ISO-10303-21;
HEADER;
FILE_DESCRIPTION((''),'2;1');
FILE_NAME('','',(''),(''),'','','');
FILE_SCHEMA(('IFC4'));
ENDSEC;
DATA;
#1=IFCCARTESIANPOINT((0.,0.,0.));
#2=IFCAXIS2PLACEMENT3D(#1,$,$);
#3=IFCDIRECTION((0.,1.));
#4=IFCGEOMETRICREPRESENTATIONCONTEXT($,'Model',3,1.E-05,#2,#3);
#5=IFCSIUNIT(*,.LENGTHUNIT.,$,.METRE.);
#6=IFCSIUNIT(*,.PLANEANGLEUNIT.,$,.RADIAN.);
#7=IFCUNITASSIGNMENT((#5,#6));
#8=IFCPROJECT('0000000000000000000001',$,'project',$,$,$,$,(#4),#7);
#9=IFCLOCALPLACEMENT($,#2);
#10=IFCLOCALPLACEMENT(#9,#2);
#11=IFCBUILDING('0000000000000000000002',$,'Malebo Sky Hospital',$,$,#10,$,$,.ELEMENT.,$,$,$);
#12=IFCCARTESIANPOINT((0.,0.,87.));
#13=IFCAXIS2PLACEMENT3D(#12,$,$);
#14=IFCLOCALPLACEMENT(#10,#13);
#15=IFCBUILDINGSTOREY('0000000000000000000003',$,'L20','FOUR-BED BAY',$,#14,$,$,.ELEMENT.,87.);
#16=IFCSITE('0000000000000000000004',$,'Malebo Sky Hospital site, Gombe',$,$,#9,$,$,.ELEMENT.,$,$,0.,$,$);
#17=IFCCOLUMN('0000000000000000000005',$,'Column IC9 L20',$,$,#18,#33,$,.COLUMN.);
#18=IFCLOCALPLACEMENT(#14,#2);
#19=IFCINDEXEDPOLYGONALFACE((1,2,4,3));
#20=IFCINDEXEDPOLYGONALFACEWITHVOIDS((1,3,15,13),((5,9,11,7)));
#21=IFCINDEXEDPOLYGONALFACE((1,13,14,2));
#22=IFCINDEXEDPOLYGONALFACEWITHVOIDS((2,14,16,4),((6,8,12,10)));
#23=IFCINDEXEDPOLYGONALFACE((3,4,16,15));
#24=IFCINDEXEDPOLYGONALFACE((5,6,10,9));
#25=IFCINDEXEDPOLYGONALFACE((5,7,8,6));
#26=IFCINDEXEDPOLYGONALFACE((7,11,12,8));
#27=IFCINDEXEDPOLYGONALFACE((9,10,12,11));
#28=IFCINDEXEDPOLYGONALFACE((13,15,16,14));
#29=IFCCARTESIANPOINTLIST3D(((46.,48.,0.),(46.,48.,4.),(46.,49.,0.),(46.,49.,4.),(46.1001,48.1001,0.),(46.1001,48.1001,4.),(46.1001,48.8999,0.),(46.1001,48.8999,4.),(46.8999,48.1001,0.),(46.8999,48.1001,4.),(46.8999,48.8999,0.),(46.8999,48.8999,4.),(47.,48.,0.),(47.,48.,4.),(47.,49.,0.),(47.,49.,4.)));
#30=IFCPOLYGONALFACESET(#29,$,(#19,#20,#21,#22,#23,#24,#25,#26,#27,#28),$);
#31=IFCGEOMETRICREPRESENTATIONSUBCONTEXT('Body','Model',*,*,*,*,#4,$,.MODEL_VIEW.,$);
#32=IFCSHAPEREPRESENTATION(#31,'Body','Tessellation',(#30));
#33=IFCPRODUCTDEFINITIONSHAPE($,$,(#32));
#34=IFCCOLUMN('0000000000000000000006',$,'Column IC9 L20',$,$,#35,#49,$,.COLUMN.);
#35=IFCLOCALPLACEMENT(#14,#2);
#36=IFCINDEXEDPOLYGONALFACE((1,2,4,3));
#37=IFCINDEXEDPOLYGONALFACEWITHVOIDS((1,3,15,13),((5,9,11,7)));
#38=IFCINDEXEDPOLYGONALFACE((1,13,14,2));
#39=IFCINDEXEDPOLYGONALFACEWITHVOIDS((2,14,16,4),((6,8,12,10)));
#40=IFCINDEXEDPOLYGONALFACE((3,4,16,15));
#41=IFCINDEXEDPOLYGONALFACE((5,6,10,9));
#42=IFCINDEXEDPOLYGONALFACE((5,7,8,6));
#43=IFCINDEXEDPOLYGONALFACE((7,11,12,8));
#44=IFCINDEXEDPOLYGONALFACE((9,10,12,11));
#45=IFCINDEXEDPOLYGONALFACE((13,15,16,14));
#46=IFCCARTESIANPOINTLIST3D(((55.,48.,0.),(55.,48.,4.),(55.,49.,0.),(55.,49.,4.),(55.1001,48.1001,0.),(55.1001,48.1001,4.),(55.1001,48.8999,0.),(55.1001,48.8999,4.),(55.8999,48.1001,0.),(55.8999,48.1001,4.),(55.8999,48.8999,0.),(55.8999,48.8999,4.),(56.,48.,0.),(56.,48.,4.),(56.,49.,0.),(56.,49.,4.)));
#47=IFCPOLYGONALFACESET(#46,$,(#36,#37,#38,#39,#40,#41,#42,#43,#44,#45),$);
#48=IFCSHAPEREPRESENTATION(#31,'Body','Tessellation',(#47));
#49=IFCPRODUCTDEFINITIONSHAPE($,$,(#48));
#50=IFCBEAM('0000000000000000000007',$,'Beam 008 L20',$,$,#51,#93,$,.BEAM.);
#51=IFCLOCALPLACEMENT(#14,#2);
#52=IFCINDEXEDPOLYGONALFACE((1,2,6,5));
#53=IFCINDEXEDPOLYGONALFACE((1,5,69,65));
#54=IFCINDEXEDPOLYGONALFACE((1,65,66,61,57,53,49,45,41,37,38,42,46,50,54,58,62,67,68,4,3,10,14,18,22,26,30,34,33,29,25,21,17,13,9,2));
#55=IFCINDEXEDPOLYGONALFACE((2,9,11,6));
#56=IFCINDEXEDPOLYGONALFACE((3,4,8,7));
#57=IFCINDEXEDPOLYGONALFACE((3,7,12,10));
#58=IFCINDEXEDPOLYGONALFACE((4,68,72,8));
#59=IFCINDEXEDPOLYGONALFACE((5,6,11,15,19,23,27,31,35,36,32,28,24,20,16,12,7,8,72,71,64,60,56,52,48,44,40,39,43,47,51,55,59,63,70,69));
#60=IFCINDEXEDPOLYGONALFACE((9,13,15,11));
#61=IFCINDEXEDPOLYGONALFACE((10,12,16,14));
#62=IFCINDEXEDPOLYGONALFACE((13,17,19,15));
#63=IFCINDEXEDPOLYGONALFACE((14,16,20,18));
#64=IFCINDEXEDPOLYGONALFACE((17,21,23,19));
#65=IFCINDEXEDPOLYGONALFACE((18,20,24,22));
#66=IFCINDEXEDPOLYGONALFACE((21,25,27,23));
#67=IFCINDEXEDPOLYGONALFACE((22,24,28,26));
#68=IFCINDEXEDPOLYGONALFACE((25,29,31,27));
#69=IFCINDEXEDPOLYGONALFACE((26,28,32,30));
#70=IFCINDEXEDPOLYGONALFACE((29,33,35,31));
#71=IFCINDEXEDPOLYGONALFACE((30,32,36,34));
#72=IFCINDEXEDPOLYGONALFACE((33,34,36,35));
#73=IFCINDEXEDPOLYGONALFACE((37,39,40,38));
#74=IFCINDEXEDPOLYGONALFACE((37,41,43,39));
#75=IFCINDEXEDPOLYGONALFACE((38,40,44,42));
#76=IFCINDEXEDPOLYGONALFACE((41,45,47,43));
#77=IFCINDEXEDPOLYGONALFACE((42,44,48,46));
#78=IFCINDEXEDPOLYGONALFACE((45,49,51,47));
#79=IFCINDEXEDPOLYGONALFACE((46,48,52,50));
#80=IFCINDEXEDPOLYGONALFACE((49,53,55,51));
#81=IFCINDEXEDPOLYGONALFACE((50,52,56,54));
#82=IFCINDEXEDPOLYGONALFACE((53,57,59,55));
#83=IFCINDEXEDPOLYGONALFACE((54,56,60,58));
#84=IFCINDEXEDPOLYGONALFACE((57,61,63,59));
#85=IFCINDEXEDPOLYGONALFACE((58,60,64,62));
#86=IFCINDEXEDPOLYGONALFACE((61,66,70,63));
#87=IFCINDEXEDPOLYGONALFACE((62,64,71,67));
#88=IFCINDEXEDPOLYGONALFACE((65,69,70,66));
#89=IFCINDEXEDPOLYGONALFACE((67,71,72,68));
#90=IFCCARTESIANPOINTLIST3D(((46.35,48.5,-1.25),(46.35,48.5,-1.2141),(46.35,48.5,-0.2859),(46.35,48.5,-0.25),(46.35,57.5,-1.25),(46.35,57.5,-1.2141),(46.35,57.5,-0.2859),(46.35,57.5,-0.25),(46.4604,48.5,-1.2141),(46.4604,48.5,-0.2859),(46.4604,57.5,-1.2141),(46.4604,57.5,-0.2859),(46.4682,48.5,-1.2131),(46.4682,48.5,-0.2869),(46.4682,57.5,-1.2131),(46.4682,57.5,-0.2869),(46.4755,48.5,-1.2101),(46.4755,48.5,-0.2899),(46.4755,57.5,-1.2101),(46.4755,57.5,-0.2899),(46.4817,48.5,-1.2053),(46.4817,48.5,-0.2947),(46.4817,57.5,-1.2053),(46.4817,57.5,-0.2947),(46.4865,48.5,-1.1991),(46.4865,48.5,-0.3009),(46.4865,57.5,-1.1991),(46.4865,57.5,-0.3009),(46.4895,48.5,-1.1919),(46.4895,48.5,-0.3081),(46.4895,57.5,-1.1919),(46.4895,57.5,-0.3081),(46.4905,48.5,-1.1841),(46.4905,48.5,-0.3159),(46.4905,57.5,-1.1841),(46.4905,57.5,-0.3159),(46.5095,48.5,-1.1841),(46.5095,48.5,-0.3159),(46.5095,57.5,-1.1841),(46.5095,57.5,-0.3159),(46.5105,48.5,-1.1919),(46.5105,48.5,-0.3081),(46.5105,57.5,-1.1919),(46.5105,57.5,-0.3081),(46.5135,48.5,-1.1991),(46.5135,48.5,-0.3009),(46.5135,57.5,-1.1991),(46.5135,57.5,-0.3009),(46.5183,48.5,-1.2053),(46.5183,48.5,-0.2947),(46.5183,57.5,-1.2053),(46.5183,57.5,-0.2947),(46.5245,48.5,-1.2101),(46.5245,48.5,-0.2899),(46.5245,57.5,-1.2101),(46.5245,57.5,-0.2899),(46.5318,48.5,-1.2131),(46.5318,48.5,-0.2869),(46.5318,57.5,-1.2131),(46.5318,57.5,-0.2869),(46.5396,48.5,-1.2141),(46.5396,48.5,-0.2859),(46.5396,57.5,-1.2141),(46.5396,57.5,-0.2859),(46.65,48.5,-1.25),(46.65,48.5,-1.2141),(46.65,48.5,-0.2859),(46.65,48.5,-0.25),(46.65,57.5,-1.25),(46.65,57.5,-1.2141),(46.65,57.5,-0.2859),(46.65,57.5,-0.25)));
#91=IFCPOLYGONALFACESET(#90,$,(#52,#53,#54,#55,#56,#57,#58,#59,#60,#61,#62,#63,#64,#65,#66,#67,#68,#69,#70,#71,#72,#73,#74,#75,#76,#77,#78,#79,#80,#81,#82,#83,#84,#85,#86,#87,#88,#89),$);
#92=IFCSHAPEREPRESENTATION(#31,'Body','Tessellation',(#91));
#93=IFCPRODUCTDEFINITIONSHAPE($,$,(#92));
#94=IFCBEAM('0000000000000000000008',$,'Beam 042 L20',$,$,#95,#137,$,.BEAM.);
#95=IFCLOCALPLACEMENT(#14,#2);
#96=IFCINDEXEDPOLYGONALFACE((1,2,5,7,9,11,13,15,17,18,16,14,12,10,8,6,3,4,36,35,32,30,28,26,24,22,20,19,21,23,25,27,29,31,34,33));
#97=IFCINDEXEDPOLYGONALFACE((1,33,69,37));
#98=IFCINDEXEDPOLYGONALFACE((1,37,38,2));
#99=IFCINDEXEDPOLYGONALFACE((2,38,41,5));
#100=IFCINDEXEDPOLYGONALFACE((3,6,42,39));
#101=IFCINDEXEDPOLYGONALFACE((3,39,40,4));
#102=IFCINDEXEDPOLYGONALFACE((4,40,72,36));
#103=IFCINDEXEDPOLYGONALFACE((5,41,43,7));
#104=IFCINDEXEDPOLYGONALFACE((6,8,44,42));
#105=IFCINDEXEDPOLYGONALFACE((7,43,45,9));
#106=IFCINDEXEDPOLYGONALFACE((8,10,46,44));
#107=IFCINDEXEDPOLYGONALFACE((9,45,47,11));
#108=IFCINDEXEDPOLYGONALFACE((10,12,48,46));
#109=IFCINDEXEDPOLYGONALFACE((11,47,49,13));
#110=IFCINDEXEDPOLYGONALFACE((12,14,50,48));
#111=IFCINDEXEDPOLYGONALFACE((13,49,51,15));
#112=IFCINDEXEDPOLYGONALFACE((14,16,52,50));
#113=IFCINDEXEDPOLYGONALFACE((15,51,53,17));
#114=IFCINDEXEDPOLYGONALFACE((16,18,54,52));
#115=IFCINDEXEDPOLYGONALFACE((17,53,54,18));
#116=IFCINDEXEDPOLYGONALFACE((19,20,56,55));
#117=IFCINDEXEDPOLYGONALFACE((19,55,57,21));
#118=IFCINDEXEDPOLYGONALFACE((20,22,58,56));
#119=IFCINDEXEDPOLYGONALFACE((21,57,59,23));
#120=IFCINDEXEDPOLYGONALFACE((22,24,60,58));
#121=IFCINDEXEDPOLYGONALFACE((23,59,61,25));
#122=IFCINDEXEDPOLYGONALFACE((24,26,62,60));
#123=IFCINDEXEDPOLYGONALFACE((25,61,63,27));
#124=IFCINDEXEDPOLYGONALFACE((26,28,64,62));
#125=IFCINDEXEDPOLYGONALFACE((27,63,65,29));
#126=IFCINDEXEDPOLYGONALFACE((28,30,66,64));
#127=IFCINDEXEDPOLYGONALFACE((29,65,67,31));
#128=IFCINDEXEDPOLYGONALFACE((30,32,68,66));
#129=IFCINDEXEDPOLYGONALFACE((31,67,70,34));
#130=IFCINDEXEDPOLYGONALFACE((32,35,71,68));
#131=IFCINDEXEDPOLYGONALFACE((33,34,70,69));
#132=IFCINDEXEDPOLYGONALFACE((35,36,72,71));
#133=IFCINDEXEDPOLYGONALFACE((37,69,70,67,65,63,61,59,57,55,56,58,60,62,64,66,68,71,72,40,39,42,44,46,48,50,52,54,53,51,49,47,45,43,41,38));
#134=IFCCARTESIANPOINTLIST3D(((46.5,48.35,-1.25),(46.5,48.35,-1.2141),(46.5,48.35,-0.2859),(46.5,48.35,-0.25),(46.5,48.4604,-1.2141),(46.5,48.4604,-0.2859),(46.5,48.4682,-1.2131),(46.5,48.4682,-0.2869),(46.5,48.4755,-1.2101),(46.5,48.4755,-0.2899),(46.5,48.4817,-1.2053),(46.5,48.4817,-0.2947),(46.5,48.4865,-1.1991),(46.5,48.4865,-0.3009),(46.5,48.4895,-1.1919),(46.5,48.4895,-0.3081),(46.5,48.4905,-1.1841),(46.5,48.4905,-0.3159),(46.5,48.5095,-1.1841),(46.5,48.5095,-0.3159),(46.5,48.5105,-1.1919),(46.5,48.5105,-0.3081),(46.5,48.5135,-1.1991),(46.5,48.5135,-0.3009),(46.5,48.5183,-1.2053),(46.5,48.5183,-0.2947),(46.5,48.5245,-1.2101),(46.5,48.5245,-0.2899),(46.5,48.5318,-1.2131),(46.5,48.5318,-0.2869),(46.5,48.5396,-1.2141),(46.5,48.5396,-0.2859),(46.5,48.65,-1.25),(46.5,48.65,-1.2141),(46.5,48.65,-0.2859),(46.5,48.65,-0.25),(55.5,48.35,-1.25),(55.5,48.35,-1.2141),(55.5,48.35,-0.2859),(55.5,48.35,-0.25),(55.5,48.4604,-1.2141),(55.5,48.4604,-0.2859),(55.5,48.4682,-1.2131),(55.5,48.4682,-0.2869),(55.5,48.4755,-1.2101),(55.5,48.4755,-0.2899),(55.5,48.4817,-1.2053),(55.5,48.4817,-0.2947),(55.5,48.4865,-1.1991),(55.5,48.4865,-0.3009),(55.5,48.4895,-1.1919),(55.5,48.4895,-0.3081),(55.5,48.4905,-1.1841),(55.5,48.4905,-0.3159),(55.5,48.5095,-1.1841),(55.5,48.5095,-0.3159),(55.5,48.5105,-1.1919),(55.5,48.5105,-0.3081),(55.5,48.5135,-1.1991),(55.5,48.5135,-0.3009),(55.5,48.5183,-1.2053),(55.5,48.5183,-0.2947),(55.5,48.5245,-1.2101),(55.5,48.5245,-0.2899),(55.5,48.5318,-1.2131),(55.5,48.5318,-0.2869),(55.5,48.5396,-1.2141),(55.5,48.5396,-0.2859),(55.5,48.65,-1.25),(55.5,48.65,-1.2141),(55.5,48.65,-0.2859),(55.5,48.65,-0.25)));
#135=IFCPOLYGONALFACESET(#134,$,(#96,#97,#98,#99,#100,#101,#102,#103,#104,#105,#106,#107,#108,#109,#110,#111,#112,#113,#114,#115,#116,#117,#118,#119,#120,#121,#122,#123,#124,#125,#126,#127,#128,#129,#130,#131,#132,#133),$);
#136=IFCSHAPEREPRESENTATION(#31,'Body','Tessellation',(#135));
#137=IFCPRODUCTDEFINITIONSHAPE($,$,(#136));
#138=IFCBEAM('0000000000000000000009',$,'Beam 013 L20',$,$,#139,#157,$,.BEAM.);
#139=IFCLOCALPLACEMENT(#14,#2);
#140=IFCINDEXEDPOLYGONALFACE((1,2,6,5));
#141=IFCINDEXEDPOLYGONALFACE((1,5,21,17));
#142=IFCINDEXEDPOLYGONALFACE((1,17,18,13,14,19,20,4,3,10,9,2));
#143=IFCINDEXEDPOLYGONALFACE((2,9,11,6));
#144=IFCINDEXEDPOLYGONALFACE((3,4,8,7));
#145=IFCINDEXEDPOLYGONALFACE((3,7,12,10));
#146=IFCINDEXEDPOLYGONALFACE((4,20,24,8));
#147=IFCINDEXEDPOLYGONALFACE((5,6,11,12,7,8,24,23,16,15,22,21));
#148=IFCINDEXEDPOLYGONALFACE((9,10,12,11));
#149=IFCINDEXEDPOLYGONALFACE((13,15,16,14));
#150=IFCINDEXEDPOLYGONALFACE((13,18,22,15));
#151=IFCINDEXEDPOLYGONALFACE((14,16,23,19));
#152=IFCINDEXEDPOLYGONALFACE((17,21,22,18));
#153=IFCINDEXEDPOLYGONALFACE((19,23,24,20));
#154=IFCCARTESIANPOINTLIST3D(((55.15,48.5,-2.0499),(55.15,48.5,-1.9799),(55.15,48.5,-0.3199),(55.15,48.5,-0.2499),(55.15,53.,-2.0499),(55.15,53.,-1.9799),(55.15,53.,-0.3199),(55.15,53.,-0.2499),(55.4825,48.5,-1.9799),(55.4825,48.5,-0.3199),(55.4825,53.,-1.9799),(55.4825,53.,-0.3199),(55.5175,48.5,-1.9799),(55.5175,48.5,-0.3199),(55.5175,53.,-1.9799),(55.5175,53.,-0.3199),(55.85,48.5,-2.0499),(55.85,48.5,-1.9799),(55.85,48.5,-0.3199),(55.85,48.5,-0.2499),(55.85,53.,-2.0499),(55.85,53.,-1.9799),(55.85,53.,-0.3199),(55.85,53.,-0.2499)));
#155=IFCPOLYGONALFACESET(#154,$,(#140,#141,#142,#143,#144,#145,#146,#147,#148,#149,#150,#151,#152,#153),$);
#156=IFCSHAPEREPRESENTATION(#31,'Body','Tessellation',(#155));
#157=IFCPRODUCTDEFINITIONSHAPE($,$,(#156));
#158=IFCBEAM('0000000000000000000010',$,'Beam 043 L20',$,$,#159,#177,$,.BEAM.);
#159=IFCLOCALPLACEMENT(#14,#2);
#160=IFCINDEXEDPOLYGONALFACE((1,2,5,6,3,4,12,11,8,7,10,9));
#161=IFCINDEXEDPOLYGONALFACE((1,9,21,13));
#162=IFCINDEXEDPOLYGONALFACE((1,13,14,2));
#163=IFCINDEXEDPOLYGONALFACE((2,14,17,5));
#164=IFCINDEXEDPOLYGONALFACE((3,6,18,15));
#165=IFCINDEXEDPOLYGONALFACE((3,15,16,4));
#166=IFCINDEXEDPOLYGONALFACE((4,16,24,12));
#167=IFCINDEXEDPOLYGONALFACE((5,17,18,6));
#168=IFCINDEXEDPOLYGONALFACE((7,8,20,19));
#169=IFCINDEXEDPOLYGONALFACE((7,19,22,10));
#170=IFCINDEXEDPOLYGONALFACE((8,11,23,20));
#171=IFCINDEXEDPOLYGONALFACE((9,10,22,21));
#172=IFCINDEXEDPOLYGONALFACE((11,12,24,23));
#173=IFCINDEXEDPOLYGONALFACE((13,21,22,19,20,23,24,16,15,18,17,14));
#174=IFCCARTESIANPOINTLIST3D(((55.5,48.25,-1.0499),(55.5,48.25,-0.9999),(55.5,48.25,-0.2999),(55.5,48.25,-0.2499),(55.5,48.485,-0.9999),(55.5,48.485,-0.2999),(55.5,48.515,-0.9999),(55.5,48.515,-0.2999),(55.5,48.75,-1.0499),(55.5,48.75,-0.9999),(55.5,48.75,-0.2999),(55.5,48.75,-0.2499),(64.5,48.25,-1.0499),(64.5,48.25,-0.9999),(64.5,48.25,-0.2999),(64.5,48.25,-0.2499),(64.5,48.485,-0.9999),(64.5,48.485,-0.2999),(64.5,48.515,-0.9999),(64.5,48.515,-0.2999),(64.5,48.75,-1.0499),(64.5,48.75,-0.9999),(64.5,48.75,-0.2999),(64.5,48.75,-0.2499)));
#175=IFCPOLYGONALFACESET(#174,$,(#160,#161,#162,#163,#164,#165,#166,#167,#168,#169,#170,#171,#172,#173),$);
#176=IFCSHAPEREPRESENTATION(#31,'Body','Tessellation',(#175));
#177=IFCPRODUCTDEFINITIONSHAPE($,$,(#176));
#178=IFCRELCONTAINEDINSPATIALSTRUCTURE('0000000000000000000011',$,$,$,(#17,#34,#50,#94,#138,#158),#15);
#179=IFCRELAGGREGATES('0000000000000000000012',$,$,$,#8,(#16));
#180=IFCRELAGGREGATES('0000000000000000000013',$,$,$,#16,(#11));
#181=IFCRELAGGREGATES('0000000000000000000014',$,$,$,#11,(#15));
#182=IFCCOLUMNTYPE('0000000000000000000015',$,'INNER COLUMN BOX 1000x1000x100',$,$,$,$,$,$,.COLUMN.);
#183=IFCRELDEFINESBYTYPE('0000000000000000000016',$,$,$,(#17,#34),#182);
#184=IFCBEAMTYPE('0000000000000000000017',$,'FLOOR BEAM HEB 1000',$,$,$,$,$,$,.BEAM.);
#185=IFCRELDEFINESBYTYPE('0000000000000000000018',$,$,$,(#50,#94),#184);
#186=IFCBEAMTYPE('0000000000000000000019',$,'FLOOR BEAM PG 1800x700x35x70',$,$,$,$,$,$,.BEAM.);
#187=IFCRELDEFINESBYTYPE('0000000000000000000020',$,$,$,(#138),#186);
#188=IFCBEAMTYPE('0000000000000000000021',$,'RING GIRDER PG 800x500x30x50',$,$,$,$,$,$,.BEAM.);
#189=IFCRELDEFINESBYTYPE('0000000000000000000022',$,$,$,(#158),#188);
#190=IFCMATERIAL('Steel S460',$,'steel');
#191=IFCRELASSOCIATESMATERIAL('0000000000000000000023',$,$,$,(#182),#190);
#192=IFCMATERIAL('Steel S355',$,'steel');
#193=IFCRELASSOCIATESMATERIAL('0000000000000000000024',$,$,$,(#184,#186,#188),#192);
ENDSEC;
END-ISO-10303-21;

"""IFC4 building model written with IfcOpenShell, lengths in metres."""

from ifc_helpers import new_model, si_unit, direction, frame, origin, origin_2d, place, context, subcontext, project, spatial, hollow_rectangle, i_section, extrude, material, material_profile, profile_set, type_object, element, save


model = new_model("IFC4")

# Units and contexts
model_context = context("Model", 3, precision=1e-05, world=origin(), true_north=direction((0.0, 1.0)))
body_context = subcontext(model_context, "Body", "Model", "MODEL_VIEW")
ifc_project = project(units=[si_unit("LENGTHUNIT", "METRE"), si_unit("PLANEANGLEUNIT", "RADIAN")], contexts=[model_context])

# Site, building, storey
site_placement = place(None, origin())
site = spatial("IfcSite", under=ifc_project, at=site_placement, Name="Malebo Sky Hospital site, Gombe", CompositionType="ELEMENT", RefElevation=0.0)
building_placement = place(site_placement, origin())
building = spatial("IfcBuilding", under=site, at=building_placement, Name="Malebo Sky Hospital", CompositionType="ELEMENT")
storey_placement = place(building_placement, frame((0.0, 0.0, 87.0)))
storey = spatial("IfcBuildingStorey", under=building, at=storey_placement, Name="L20", Description="FOUR-BED BAY", CompositionType="ELEMENT", Elevation=87.0)

# Columns
ifc_material_1 = material(Name="Steel S460", Category="steel")
ifc_material_profile_1 = material_profile(ifc_material_1, hollow_rectangle(XDim=1.0, YDim=1.0, WallThickness=0.1001, at=origin_2d()), Name="BOX 1000x1000x100")
ifc_profile_set_1 = profile_set([ifc_material_profile_1], Name="Steel S460")
column_type = type_object("IfcColumnType", Name="INNER COLUMN BOX 1000x1000x100", PredefinedType="COLUMN", material=ifc_profile_set_1)
for number, where, z_axis, x_axis, name in (
    (1, (46.5, 48.5, 0.0), (0.0, 0.0, 1.0), (1.0, 0.0, 0.0), "Column IC9 L20"),
    (2, (55.5, 48.5, 0.0), (0.0, 0.0, 1.0), (1.0, 0.0, 0.0), "Column IC9 L20"),
):
    element("IfcColumn", number, at=place(storey_placement, frame(where, z_axis=z_axis, x_axis=x_axis)), inside=storey, type_object=column_type, Name=name, PredefinedType="COLUMN", context=body_context, shape_type="SweptSolid", body=[
        extrude(hollow_rectangle(XDim=1.0, YDim=1.0, WallThickness=0.1001, at=origin_2d()), origin(), (0.0, 0.0, 1.0), 4.0),
    ])

# Beams
ifc_material_2 = material(Name="Steel S355", Category="steel")
ifc_material_profile_2 = material_profile(ifc_material_2, i_section(OverallWidth=0.3, OverallDepth=1.0, WebThickness=0.019, FlangeThickness=0.0359, FilletRadius=0.03, at=origin_2d()), Name="HEB 1000")
ifc_profile_set_2 = profile_set([ifc_material_profile_2], Name="Steel S355")
beam_type_1 = type_object("IfcBeamType", Name="FLOOR BEAM HEB 1000", PredefinedType="BEAM", material=ifc_profile_set_2)
for number, where, z_axis, x_axis, name in (
    (3, (46.5, 48.5, -0.75), (0.0, 1.0, 0.0), (-1.0, 0.0, 0.0), "Beam 008 L20"),
    (4, (46.5, 48.5, -0.75), (1.0, 0.0, 0.0), (0.0, 1.0, 0.0), "Beam 042 L20"),
):
    element("IfcBeam", number, at=place(storey_placement, frame(where, z_axis=z_axis, x_axis=x_axis)), inside=storey, type_object=beam_type_1, Name=name, PredefinedType="BEAM", context=body_context, shape_type="SweptSolid", body=[
        extrude(i_section(OverallWidth=0.3, OverallDepth=1.0, WebThickness=0.019, FlangeThickness=0.0359, FilletRadius=0.03, at=origin_2d()), origin(), (0.0, 0.0, 1.0), 9.0),
    ])
ifc_material_profile_3 = material_profile(ifc_material_2, i_section(OverallWidth=0.7, OverallDepth=1.8, WebThickness=0.0349, FlangeThickness=0.0701, at=origin_2d()), Name="PG 1800x700x35x70")
ifc_profile_set_3 = profile_set([ifc_material_profile_3], Name="Steel S355")
beam_type_2 = type_object("IfcBeamType", Name="FLOOR BEAM PG 1800x700x35x70", PredefinedType="BEAM", material=ifc_profile_set_3)
beam_1_placement = place(storey_placement, frame((55.5, 48.5, -1.1499), z_axis=(0.0, 1.0, 0.0), x_axis=(-1.0, 0.0, 0.0)))
element("IfcBeam", 5, at=beam_1_placement, inside=storey, type_object=beam_type_2, Name="Beam 013 L20", PredefinedType="BEAM", context=body_context, shape_type="SweptSolid", body=[
    extrude(i_section(OverallWidth=0.7, OverallDepth=1.8, WebThickness=0.0349, FlangeThickness=0.0701, at=origin_2d()), origin(), (0.0, 0.0, 1.0), 4.5),
])
ifc_material_profile_4 = material_profile(ifc_material_2, i_section(OverallWidth=0.5, OverallDepth=0.8, WebThickness=0.03, FlangeThickness=0.05, at=origin_2d()), Name="PG 800x500x30x50")
ifc_profile_set_4 = profile_set([ifc_material_profile_4], Name="Steel S355")
beam_type_3 = type_object("IfcBeamType", Name="RING GIRDER PG 800x500x30x50", PredefinedType="BEAM", material=ifc_profile_set_4)
beam_2_placement = place(storey_placement, frame((55.5, 48.5, -0.6499), z_axis=(1.0, 0.0, 0.0), x_axis=(0.0, 1.0, 0.0)))
element("IfcBeam", 6, at=beam_2_placement, inside=storey, type_object=beam_type_3, Name="Beam 043 L20", PredefinedType="BEAM", context=body_context, shape_type="SweptSolid", body=[
    extrude(i_section(OverallWidth=0.5, OverallDepth=0.8, WebThickness=0.03, FlangeThickness=0.05, at=origin_2d()), origin(), (0.0, 0.0, 1.0), 9.0),
])

save(model, "model.ifc")
